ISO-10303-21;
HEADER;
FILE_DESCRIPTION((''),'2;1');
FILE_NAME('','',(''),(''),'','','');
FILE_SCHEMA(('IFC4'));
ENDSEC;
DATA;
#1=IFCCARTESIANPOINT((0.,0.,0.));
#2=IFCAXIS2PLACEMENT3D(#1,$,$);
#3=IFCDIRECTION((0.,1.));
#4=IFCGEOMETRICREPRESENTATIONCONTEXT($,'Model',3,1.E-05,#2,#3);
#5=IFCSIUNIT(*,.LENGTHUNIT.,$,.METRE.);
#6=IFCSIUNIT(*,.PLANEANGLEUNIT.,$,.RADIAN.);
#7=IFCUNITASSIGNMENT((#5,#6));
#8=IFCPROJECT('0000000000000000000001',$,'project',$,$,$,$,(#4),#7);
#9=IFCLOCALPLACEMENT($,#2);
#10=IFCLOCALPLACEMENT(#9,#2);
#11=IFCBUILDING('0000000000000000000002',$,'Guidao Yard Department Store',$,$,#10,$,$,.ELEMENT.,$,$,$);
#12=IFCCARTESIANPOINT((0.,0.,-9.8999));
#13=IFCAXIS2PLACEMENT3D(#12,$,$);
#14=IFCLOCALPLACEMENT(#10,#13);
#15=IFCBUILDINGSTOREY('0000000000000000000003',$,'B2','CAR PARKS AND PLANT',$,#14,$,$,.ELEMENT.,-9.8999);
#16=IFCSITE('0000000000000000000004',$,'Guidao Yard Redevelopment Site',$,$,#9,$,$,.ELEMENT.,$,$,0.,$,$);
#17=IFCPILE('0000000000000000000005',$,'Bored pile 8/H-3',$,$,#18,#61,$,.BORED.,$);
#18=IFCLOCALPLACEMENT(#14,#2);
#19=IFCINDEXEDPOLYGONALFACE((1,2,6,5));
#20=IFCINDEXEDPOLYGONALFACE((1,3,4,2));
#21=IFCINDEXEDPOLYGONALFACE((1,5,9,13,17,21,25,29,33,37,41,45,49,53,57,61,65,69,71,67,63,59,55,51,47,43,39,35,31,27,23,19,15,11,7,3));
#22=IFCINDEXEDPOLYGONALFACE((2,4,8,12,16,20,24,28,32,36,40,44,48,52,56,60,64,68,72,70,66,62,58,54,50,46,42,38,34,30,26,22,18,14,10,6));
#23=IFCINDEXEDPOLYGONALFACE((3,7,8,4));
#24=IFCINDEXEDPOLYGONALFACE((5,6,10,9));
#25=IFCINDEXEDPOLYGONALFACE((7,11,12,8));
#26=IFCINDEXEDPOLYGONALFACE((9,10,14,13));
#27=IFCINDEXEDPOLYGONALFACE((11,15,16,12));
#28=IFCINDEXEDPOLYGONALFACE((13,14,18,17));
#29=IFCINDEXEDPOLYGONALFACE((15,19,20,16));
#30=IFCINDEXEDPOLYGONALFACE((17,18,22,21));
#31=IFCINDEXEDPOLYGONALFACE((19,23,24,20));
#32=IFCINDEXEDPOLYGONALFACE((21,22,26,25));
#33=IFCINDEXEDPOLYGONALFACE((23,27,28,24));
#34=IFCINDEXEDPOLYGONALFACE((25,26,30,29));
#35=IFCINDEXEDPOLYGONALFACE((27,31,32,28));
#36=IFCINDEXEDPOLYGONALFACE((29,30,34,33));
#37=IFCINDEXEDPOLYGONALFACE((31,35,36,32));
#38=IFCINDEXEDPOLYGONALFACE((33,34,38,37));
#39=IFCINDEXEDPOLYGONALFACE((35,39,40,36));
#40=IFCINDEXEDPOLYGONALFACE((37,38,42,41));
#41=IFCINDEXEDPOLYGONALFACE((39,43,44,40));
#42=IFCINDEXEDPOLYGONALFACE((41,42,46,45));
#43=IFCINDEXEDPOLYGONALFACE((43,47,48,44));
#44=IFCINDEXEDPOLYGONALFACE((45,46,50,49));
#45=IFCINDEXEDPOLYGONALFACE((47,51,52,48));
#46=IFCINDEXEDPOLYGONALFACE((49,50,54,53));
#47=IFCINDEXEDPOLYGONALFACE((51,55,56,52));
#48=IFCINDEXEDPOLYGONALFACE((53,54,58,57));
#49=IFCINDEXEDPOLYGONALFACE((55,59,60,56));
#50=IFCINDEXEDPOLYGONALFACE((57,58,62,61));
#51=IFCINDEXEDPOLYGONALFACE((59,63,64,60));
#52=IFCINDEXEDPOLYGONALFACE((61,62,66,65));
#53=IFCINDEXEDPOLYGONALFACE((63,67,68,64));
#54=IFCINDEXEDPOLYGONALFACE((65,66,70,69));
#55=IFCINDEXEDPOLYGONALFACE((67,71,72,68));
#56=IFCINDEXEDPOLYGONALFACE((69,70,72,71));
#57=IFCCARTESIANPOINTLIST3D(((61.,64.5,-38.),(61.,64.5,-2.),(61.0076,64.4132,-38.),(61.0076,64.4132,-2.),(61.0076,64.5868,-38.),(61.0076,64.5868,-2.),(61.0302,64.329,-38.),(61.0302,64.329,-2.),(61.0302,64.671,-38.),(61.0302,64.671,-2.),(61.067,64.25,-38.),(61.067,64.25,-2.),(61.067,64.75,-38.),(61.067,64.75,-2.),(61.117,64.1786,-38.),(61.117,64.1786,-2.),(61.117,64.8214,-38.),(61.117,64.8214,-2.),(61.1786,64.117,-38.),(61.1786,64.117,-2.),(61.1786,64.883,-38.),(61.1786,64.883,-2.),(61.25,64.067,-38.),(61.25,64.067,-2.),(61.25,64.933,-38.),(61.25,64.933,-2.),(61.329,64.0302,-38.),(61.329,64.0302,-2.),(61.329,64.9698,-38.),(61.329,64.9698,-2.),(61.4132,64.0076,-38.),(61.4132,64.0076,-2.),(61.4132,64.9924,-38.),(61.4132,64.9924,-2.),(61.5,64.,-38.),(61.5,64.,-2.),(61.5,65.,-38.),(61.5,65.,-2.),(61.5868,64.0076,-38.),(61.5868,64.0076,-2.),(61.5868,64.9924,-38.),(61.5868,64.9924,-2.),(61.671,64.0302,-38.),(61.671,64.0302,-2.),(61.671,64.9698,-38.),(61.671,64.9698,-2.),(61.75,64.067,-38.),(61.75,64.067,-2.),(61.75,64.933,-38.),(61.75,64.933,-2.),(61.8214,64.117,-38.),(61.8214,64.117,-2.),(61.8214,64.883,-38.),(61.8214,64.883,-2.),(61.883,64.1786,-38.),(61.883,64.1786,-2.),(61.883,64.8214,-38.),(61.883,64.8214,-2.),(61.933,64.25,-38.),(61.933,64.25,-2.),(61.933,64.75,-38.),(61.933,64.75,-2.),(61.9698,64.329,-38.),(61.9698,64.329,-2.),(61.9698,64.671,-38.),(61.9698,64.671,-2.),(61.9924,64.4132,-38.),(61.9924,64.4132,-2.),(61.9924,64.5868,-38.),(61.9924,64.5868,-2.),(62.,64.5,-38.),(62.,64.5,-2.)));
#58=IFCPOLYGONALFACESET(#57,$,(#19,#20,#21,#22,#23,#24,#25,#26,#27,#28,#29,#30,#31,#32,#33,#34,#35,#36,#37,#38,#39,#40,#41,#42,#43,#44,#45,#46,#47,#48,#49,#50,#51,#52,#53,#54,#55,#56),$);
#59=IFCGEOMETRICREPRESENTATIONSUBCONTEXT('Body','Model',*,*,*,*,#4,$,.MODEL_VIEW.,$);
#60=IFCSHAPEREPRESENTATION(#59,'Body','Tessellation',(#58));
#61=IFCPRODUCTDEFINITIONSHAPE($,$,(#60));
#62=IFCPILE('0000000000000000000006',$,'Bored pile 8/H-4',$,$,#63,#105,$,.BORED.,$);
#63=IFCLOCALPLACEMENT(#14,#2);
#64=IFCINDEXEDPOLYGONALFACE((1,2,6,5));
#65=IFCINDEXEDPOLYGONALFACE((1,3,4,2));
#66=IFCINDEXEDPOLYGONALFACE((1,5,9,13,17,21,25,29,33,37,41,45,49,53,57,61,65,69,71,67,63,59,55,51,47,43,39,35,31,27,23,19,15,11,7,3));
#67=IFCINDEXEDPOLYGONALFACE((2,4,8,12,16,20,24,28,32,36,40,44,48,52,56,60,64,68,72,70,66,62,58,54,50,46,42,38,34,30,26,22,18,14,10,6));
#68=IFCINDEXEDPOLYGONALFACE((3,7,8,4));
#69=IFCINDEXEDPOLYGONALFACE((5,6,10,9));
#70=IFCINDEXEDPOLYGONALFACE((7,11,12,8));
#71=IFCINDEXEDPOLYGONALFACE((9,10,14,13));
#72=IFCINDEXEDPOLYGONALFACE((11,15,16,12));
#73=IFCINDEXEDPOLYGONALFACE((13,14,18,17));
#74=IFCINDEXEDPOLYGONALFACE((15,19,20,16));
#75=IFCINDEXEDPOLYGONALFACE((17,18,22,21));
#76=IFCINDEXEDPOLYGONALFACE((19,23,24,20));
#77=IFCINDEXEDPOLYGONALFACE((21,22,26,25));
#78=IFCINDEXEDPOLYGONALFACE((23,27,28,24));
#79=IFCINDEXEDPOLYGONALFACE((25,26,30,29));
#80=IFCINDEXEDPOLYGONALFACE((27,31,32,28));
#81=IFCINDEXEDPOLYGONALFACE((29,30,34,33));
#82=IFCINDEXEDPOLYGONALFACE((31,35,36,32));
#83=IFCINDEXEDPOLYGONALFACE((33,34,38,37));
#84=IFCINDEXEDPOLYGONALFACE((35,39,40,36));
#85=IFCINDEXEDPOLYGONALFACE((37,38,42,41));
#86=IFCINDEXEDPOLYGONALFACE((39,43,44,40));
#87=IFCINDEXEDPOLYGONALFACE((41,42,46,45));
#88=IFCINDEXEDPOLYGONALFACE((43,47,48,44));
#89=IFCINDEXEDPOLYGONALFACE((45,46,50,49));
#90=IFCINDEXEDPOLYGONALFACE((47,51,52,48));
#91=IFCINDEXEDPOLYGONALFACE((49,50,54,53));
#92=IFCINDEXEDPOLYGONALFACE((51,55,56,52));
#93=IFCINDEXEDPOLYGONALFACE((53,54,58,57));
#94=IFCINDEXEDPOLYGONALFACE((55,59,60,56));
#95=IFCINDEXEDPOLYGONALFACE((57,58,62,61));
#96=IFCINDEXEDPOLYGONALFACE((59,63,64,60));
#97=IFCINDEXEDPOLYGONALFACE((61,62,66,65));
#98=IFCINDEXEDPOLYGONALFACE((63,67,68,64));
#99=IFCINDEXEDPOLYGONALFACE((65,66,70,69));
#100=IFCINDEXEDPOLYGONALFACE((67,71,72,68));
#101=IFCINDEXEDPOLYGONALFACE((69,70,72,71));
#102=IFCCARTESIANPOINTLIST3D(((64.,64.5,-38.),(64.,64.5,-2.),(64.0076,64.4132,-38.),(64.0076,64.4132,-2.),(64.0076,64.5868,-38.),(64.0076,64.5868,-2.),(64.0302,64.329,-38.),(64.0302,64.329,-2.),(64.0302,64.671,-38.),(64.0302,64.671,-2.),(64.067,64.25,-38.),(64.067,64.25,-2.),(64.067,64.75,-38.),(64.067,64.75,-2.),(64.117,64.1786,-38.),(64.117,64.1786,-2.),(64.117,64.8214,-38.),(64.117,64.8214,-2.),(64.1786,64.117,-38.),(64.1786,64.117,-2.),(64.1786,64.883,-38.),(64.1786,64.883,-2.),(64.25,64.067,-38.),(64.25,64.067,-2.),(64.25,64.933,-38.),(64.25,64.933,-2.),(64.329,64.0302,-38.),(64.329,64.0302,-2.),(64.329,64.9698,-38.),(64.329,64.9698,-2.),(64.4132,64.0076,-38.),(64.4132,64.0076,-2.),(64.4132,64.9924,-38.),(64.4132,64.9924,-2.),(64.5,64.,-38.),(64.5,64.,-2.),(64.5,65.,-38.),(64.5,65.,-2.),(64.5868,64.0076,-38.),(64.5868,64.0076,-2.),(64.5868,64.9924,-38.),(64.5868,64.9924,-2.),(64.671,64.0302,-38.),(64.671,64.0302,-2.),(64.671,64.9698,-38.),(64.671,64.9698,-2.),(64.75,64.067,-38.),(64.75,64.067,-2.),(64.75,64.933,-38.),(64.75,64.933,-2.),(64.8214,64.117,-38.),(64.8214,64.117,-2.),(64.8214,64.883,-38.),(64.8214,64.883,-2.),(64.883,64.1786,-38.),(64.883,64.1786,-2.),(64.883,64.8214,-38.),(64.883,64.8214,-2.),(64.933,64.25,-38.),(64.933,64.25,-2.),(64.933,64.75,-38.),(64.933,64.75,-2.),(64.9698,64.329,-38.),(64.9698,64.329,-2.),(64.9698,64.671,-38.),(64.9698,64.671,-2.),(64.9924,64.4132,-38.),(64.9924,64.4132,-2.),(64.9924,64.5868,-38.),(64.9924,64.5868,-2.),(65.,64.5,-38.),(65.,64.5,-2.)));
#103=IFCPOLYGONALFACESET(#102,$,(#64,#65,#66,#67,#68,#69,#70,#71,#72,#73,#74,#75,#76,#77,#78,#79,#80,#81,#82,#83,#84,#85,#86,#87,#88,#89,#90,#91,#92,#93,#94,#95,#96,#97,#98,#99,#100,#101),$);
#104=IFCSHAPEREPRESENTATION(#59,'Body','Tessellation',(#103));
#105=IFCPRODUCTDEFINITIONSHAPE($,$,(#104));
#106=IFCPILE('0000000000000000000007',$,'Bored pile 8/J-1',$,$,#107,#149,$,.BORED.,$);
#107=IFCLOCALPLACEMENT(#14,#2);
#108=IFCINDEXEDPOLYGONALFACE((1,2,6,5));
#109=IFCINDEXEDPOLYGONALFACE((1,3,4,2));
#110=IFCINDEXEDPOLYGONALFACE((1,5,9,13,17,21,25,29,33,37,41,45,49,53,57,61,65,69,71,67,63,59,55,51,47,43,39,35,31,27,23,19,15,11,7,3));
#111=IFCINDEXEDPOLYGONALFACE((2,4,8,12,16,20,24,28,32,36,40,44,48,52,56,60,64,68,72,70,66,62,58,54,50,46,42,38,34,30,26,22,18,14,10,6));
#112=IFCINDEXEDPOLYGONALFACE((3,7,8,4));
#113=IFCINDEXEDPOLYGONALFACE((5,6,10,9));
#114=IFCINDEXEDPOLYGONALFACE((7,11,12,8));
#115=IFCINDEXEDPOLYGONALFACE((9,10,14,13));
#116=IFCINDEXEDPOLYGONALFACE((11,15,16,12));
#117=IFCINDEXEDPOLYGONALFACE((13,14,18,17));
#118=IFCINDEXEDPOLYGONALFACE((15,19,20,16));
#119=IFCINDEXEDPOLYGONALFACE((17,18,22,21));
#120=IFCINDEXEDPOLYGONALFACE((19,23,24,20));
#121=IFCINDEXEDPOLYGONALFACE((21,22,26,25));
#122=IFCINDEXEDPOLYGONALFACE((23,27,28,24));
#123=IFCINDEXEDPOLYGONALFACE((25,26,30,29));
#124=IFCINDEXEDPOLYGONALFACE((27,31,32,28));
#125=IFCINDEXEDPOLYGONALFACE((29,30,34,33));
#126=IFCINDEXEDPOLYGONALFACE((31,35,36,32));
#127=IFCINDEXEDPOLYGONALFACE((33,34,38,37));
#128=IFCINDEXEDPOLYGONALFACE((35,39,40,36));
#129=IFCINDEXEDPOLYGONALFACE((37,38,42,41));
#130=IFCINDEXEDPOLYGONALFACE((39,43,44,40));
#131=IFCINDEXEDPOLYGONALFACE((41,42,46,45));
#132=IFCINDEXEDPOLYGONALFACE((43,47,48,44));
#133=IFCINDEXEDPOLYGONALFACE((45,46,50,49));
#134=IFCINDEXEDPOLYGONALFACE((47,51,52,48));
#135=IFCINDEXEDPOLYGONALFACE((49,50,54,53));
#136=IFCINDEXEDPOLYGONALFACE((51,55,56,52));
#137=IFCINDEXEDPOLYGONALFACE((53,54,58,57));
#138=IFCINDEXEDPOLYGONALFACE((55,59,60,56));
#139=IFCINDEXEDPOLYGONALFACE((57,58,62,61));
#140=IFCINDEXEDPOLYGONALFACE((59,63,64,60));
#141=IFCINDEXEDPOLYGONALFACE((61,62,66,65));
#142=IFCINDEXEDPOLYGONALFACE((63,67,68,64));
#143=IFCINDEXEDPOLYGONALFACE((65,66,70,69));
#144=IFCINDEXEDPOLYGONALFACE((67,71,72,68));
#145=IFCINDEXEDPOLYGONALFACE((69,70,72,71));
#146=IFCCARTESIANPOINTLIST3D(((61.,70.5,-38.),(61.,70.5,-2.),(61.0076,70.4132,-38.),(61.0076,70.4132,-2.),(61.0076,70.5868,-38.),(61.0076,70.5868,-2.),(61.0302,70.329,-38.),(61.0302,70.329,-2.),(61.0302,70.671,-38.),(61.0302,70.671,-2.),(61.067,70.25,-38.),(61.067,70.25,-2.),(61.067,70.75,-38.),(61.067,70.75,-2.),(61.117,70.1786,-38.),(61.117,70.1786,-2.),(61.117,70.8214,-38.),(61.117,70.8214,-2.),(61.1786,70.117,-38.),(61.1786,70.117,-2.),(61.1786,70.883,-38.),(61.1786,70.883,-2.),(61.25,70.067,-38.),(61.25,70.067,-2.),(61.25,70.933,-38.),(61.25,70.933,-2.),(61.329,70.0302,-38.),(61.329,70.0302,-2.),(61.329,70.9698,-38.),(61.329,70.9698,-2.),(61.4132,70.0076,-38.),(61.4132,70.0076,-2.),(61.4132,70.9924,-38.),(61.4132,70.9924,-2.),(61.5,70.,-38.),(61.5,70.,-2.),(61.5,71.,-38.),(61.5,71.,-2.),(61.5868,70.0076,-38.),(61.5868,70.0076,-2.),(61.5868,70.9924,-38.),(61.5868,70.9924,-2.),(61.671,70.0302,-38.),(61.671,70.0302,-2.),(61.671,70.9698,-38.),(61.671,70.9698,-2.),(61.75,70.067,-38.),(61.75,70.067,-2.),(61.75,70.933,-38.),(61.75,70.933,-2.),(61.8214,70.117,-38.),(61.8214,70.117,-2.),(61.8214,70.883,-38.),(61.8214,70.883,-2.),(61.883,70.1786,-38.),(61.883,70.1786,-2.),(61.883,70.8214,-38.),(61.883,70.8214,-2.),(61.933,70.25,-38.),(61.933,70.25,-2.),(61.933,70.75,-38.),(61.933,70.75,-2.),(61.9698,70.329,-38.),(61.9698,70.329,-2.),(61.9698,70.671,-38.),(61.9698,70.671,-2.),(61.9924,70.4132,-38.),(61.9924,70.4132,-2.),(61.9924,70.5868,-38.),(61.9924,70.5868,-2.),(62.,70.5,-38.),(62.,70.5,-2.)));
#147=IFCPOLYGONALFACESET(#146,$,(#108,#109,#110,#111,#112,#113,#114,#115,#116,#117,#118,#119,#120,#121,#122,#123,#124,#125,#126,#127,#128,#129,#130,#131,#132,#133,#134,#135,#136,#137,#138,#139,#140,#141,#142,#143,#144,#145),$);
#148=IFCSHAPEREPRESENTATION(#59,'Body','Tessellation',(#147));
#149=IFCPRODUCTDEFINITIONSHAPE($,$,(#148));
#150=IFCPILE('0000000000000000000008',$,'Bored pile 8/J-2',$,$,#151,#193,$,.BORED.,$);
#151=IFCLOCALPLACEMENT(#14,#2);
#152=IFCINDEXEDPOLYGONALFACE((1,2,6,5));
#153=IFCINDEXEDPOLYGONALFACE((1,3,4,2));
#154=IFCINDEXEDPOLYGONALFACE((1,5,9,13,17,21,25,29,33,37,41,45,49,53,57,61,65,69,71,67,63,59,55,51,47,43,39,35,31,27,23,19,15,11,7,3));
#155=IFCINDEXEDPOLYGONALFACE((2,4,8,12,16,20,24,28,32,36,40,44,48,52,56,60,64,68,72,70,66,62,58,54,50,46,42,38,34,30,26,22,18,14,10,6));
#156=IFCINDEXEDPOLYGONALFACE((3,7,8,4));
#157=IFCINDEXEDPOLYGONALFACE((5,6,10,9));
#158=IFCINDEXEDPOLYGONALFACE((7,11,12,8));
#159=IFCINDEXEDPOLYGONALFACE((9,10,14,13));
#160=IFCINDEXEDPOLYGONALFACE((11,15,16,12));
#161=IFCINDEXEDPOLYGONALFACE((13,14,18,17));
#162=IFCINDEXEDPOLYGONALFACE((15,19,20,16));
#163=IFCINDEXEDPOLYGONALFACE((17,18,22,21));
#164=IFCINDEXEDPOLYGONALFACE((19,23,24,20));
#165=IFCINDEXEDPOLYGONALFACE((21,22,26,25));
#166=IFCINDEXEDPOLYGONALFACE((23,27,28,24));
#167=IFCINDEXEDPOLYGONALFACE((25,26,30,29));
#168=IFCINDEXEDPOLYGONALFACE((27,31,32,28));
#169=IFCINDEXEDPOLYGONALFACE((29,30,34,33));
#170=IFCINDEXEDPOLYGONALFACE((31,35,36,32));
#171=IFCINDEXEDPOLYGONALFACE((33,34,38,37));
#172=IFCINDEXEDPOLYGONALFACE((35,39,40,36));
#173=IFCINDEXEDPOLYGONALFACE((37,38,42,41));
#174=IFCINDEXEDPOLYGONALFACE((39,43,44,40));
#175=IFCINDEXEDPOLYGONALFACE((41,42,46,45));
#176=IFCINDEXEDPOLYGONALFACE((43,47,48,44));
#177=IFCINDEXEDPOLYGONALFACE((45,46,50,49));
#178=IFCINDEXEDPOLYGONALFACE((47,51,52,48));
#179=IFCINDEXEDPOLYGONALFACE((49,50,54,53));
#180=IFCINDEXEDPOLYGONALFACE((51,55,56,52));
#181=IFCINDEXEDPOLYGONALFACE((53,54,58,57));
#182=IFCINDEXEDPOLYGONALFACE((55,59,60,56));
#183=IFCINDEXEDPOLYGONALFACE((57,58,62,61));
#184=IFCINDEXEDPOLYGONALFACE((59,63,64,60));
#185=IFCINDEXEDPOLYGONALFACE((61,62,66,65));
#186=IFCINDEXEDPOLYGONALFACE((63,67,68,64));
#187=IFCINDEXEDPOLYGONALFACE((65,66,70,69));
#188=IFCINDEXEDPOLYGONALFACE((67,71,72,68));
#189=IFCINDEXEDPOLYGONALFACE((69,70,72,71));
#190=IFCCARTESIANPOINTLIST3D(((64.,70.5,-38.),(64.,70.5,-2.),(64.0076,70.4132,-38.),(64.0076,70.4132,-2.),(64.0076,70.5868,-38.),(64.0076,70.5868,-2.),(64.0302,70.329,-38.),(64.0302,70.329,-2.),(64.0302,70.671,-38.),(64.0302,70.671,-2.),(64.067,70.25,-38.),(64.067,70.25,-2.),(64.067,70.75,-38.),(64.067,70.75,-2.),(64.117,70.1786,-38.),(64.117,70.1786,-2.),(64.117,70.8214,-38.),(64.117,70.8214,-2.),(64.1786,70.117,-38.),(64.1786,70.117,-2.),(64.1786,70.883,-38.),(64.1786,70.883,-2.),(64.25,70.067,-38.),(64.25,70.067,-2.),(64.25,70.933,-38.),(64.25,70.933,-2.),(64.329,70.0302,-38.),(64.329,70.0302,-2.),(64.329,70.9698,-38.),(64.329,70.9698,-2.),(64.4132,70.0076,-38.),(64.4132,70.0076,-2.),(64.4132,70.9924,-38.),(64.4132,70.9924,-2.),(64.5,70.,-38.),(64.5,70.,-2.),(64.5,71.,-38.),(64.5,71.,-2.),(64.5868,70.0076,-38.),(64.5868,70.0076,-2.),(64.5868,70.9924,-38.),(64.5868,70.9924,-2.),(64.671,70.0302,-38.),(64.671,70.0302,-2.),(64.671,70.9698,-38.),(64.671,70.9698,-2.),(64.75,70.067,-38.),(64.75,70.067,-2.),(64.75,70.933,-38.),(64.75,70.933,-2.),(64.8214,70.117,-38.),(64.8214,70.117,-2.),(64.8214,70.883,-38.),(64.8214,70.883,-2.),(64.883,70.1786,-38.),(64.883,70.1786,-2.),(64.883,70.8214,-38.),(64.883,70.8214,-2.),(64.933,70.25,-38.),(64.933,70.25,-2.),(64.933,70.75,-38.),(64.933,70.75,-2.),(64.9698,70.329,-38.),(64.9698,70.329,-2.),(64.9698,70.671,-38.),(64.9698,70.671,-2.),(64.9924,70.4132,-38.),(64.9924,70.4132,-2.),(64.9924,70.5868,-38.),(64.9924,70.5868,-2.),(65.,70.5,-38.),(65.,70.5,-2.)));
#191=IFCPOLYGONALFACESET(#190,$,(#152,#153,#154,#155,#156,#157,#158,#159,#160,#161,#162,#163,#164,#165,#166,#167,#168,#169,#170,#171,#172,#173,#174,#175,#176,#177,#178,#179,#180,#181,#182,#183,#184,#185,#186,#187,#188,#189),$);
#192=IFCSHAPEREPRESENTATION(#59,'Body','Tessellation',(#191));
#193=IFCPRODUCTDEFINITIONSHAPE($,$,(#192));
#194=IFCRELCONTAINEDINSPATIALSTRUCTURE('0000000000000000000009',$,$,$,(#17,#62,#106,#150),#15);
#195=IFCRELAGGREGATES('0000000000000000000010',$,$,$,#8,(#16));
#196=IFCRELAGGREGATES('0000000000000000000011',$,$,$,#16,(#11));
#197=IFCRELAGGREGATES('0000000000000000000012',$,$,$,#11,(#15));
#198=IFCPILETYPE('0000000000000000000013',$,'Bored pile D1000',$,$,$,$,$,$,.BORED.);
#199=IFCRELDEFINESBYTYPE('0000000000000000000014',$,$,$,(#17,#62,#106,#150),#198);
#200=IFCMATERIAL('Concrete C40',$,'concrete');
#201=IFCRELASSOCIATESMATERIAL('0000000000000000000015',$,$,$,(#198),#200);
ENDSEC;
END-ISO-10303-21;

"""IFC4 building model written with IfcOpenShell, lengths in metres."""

from ifc_helpers import new_model, si_unit, direction, frame, origin, origin_2d, place, context, subcontext, project, spatial, circle, extrude, material, material_profile, profile_set, type_object, element, save


model = new_model("IFC4")

# Units and contexts
model_context = context("Model", 3, precision=1e-05, world=origin(), true_north=direction((0.0, 1.0)))
body_context = subcontext(model_context, "Body", "Model", "MODEL_VIEW")
ifc_project = project(units=[si_unit("LENGTHUNIT", "METRE"), si_unit("PLANEANGLEUNIT", "RADIAN")], contexts=[model_context])

# Site, building, storey
site_placement = place(None, origin())
site = spatial("IfcSite", under=ifc_project, at=site_placement, Name="Guidao Yard Redevelopment Site", CompositionType="ELEMENT", RefElevation=0.0)
building_placement = place(site_placement, origin())
building = spatial("IfcBuilding", under=site, at=building_placement, Name="Guidao Yard Department Store", CompositionType="ELEMENT")
storey_placement = place(building_placement, frame((0.0, 0.0, -9.8999)))
storey = spatial("IfcBuildingStorey", under=building, at=storey_placement, Name="B2", Description="CAR PARKS AND PLANT", CompositionType="ELEMENT", Elevation=-9.8999)

# Piles
ifc_material_1 = material(Name="Concrete C40", Category="concrete")
ifc_material_profile_1 = material_profile(ifc_material_1, circle(Radius=0.5, at=origin_2d()), Name="Bored pile D1000")
ifc_profile_set_1 = profile_set([ifc_material_profile_1], Name="Concrete C40")
pile_type = type_object("IfcPileType", Name="Bored pile D1000", PredefinedType="BORED", material=ifc_profile_set_1)
for number, where, z_axis, x_axis, name in (
    (1, (61.5, 64.5, -2.0), (0.0, 0.0, -1.0), (1.0, 0.0, 0.0), "Bored pile 8/H-3"),
    (2, (64.5, 64.5, -2.0), (0.0, 0.0, -1.0), (1.0, 0.0, 0.0), "Bored pile 8/H-4"),
    (3, (61.5, 70.5, -2.0), (0.0, 0.0, -1.0), (1.0, 0.0, 0.0), "Bored pile 8/J-1"),
    (4, (64.5, 70.5, -2.0), (0.0, 0.0, -1.0), (1.0, 0.0, 0.0), "Bored pile 8/J-2"),
):
    element("IfcPile", number, at=place(storey_placement, frame(where, z_axis=z_axis, x_axis=x_axis)), inside=storey, type_object=pile_type, Name=name, PredefinedType="BORED", context=body_context, shape_type="SweptSolid", body=[
        extrude(circle(Radius=0.5, at=origin_2d()), origin(), (0.0, 0.0, 1.0), 36.0),
    ])

save(model, "model.ifc")
